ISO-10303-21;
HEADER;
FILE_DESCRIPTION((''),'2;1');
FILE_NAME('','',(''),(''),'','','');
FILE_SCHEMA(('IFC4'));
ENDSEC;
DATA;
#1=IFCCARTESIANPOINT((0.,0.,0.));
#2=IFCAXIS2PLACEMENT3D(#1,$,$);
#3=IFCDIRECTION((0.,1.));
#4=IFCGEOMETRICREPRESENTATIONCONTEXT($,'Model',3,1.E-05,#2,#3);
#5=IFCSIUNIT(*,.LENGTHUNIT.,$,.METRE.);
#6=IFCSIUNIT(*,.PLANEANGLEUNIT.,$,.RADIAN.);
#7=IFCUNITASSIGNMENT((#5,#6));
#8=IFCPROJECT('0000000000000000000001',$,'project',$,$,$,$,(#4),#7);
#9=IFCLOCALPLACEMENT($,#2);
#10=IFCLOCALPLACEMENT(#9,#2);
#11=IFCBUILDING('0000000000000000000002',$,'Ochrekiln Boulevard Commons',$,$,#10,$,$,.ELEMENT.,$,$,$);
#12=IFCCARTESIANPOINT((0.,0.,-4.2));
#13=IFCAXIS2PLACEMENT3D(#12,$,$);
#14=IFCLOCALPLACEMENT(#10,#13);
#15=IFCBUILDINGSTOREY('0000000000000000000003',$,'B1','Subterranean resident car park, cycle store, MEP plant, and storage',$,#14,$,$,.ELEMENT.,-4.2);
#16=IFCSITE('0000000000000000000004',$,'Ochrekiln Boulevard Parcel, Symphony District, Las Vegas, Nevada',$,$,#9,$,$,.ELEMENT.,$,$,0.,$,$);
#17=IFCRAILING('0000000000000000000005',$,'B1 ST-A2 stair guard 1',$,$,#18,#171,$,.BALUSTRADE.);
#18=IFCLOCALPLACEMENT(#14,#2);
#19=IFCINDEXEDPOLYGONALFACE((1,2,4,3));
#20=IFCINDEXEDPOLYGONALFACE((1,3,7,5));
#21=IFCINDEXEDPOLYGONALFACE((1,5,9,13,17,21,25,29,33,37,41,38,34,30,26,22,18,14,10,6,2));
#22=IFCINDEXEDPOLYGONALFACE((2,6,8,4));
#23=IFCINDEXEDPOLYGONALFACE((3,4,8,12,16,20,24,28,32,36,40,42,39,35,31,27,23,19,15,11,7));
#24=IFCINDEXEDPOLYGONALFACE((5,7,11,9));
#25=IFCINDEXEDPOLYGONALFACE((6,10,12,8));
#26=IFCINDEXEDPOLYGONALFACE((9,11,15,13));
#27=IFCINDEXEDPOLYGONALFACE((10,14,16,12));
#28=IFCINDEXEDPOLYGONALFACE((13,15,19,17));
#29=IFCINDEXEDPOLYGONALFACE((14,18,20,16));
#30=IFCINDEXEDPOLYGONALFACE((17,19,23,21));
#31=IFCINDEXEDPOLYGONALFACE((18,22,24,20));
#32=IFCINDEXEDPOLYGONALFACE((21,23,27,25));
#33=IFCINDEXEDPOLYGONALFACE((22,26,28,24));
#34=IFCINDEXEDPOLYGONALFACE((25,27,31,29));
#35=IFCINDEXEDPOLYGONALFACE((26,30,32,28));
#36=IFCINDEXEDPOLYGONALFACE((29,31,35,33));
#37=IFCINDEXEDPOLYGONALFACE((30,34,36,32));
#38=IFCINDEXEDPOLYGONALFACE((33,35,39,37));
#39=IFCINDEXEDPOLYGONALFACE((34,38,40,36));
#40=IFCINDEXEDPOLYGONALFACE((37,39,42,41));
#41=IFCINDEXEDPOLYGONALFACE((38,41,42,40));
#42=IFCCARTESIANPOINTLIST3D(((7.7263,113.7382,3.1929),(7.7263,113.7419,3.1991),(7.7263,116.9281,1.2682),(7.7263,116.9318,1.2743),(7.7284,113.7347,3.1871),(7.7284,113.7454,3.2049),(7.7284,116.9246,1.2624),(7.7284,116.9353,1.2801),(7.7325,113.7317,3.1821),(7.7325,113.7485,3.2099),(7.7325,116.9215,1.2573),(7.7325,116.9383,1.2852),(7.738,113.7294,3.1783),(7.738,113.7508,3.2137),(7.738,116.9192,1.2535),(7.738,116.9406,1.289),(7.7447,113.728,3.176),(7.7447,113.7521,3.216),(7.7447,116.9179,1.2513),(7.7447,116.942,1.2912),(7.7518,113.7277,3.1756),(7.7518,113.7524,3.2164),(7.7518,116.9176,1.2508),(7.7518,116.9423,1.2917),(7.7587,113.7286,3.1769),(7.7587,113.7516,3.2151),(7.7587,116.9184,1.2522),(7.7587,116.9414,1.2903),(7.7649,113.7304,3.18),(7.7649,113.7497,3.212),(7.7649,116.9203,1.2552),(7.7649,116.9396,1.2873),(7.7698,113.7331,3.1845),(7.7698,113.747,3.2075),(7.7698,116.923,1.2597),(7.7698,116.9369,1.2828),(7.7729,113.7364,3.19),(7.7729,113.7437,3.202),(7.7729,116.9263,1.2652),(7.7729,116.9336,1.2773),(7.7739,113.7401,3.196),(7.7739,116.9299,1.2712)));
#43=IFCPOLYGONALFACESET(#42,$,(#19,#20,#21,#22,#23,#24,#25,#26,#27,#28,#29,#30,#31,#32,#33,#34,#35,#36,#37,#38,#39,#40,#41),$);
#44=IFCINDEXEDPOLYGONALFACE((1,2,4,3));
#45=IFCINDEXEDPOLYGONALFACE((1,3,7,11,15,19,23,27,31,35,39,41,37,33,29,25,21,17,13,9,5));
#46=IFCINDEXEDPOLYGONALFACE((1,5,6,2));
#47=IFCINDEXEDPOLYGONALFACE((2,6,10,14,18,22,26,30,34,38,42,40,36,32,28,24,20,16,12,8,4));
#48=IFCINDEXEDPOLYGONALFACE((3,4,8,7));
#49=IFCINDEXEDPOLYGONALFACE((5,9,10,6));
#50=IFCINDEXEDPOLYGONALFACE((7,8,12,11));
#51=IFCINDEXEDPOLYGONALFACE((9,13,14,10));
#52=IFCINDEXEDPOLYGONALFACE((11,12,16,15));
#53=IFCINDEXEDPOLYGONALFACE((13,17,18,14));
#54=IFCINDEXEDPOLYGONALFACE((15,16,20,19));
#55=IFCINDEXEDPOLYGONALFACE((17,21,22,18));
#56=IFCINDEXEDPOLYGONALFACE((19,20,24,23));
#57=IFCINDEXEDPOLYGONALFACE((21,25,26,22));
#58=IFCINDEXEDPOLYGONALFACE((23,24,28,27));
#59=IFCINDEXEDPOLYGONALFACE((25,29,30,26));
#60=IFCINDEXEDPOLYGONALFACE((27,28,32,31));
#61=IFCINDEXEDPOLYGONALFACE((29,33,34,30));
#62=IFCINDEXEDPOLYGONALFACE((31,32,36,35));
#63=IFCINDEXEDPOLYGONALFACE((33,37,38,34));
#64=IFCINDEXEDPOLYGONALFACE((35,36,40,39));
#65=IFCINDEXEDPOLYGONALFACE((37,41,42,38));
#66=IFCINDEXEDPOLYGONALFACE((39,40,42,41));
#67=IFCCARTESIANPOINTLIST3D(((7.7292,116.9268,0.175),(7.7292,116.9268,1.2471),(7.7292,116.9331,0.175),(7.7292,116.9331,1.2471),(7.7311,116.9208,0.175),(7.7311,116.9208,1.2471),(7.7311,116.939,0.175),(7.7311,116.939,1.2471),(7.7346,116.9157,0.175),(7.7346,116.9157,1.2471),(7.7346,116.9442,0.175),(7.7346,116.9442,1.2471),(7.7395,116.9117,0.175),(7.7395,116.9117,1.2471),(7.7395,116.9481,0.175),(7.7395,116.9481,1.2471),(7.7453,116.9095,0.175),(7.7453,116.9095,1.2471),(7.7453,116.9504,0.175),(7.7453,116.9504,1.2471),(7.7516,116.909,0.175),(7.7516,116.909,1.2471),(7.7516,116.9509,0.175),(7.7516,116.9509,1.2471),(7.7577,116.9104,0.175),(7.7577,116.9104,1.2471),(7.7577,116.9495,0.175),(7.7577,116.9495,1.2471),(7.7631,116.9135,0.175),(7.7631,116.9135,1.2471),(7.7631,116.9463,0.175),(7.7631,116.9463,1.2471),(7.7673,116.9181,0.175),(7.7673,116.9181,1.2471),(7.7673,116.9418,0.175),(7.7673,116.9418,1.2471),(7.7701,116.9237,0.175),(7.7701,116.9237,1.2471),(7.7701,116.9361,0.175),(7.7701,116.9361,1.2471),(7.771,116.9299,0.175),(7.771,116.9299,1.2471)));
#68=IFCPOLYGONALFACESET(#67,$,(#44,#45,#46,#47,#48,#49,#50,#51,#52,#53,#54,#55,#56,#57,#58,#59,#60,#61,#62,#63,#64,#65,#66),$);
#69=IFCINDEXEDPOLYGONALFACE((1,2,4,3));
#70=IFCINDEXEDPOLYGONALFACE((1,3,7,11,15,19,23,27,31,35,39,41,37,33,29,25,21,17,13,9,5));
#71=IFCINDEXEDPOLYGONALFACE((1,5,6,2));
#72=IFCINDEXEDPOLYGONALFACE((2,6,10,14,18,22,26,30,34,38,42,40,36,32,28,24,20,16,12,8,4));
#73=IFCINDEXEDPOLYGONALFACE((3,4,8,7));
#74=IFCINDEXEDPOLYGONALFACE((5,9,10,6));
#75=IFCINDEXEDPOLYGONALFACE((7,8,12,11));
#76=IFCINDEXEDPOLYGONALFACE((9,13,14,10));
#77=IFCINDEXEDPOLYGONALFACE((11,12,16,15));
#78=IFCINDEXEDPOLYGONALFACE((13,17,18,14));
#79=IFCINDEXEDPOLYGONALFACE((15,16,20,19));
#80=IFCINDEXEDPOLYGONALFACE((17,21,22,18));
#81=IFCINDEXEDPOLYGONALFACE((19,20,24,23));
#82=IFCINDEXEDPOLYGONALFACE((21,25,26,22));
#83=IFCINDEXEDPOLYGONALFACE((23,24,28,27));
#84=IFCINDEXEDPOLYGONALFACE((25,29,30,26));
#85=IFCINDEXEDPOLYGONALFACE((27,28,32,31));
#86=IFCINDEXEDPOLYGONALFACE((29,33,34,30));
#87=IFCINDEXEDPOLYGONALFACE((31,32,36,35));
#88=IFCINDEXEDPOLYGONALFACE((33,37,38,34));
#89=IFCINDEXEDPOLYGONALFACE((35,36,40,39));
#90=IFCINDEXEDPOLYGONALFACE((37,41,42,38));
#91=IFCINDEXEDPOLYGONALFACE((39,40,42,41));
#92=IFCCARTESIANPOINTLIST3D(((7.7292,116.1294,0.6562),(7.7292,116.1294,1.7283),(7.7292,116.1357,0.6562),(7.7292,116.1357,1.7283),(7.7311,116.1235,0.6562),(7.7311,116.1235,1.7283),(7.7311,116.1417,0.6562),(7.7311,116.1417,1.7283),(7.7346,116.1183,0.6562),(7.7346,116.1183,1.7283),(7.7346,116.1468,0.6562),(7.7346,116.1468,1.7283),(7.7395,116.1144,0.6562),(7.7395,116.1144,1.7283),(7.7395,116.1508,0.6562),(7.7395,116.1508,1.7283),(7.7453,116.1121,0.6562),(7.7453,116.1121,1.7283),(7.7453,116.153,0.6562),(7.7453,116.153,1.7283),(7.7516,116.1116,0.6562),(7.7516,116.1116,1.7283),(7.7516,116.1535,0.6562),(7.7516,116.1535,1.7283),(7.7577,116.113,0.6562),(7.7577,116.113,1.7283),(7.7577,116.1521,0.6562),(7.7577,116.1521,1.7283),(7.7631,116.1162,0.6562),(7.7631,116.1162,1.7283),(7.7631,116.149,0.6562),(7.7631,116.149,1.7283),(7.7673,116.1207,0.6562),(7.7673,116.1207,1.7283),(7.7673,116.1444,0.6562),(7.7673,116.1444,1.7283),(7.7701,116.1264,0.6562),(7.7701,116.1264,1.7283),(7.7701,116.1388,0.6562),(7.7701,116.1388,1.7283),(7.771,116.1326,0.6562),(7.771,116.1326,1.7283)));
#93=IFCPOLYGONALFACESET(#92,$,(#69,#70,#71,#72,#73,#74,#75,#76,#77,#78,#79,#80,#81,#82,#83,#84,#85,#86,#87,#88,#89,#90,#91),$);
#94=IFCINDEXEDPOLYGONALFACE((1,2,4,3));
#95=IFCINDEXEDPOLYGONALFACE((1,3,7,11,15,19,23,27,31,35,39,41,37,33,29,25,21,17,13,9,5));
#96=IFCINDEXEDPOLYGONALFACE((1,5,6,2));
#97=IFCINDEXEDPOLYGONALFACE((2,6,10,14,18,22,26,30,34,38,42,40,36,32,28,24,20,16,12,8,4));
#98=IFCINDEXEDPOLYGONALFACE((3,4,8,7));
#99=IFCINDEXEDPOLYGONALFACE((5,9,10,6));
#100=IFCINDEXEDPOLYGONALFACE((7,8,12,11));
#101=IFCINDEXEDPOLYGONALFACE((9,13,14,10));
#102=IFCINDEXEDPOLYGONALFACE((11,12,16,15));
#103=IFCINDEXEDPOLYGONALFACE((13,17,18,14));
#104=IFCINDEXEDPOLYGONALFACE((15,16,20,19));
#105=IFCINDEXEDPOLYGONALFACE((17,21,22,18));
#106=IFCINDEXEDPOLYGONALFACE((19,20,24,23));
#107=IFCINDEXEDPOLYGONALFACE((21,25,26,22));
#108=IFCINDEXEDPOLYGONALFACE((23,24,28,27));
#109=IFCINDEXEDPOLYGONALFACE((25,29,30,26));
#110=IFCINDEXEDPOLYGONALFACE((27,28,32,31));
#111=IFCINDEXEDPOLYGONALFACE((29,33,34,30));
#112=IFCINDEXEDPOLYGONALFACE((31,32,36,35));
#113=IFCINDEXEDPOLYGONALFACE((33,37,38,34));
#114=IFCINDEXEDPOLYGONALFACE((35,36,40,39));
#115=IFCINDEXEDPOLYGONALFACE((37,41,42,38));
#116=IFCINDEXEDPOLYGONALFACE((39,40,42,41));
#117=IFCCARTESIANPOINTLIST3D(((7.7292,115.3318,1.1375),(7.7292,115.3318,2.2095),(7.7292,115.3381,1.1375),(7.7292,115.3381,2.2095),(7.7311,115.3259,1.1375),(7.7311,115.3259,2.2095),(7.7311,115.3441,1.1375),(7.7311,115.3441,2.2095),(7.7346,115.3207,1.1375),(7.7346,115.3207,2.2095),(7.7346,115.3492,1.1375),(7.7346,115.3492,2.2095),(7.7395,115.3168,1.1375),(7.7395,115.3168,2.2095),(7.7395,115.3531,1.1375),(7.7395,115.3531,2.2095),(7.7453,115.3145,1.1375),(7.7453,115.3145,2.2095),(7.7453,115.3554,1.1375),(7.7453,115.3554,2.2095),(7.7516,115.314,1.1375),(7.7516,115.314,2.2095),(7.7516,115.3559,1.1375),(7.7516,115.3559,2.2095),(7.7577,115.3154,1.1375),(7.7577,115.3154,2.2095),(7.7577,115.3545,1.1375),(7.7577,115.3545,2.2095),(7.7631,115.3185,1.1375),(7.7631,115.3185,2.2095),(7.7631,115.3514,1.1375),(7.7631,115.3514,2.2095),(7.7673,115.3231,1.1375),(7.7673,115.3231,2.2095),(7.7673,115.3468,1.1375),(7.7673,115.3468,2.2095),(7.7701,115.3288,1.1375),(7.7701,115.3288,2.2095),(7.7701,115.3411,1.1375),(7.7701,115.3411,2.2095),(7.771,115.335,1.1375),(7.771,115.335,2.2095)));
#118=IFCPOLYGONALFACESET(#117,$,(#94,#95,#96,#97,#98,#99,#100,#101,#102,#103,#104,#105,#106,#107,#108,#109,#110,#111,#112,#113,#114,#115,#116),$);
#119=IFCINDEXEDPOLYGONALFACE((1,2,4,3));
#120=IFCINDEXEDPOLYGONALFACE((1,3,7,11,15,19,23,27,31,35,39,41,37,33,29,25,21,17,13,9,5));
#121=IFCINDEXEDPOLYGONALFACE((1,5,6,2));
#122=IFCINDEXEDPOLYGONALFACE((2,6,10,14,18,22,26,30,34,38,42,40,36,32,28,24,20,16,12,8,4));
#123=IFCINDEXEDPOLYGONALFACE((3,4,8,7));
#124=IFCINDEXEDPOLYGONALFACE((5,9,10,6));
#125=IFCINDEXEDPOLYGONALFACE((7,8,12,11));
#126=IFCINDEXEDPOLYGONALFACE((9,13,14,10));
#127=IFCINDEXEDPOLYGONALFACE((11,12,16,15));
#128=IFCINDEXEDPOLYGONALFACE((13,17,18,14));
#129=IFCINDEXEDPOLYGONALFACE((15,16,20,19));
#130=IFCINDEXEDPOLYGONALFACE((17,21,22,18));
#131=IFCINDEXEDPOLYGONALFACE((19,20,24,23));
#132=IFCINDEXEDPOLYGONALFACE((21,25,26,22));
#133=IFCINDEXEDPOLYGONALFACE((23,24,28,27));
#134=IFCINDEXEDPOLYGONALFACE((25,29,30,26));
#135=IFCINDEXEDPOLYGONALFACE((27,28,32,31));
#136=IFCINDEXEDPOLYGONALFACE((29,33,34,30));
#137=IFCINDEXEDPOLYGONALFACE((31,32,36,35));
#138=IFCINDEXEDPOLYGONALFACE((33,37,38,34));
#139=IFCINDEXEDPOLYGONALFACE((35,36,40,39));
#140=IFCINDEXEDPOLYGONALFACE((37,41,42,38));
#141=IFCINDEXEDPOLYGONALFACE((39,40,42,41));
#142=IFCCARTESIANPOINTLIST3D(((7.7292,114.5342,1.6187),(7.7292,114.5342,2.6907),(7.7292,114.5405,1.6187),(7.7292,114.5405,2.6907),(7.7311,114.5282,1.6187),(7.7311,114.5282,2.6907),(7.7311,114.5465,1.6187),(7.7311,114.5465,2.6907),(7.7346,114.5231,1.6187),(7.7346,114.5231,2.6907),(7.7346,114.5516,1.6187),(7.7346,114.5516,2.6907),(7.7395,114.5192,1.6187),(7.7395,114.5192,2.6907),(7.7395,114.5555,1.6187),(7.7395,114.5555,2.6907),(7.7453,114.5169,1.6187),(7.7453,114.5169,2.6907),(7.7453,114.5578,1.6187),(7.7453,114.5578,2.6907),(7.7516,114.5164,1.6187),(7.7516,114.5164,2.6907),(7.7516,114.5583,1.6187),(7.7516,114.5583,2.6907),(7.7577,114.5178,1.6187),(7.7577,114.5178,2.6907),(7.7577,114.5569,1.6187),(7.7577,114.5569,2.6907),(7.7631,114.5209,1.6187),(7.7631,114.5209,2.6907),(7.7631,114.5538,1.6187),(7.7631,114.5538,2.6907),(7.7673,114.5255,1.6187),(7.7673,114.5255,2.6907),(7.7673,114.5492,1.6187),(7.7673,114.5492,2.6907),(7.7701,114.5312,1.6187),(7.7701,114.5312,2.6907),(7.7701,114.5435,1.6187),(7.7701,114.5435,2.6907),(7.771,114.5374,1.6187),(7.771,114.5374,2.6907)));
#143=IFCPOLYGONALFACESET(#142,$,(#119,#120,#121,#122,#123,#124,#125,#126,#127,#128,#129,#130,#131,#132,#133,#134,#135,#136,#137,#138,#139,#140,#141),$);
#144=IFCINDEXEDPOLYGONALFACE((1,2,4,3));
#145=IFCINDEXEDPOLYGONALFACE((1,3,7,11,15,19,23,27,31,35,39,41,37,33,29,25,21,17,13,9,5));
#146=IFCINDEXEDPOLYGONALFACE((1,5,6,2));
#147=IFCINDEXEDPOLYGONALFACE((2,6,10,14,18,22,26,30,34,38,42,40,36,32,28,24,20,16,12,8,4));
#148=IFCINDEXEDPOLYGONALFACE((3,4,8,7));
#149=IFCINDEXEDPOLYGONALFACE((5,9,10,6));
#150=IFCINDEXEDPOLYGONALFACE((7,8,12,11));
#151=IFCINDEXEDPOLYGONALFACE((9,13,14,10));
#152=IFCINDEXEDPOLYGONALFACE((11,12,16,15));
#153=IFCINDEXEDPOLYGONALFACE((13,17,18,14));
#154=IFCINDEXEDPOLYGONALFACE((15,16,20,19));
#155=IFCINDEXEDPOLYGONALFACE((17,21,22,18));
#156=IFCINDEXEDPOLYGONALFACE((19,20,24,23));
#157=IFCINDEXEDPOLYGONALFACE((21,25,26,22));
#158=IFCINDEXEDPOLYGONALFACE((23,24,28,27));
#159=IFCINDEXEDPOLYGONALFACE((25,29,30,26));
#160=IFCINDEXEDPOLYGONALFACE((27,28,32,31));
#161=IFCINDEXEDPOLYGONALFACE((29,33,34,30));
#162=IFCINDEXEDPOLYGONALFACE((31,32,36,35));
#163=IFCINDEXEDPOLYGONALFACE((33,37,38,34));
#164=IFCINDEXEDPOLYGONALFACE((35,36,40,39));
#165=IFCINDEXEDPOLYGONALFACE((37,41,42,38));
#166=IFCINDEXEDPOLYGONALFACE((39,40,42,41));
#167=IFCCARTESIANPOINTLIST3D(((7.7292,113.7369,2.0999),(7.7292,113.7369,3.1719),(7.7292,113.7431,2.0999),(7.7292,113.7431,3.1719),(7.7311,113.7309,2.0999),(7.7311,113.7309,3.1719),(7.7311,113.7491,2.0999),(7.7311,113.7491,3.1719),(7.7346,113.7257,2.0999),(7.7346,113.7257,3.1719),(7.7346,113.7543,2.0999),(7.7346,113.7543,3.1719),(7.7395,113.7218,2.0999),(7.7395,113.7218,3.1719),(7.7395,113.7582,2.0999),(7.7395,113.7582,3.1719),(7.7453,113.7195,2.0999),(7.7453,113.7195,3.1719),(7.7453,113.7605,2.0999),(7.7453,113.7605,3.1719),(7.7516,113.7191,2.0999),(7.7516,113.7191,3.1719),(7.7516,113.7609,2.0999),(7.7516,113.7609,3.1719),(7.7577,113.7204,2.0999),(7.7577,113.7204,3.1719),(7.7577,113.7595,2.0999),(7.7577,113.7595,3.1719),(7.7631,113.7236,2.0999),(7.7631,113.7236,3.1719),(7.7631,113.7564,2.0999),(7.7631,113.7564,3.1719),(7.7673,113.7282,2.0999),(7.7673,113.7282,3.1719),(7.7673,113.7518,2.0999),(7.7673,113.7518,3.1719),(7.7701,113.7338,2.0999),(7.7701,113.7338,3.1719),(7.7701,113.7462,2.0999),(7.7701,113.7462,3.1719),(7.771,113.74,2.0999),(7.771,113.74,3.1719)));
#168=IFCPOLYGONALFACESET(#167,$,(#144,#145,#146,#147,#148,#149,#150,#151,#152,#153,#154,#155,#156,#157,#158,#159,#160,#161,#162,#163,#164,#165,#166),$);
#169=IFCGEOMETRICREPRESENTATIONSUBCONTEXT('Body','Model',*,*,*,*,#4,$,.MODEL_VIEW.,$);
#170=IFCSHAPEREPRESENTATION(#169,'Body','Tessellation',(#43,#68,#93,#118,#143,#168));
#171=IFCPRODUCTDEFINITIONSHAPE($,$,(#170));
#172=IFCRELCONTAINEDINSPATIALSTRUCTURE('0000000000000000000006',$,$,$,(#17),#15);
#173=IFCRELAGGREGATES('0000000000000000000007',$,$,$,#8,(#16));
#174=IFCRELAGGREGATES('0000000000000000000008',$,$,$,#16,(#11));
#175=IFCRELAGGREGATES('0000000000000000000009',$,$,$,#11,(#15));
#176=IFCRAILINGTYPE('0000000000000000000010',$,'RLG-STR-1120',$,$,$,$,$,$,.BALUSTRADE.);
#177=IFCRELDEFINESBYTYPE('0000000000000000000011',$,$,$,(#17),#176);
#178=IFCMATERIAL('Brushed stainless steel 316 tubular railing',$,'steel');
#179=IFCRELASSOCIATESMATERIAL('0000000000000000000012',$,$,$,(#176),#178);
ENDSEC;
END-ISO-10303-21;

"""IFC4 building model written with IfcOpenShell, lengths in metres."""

from ifc_helpers import new_model, si_unit, direction, frame, origin, origin_2d, place, context, subcontext, project, spatial, circle, extrude, material, type_object, element, save


model = new_model("IFC4")

# Units and contexts
model_context = context("Model", 3, precision=1e-05, world=origin(), true_north=direction((0.0, 1.0)))
body_context = subcontext(model_context, "Body", "Model", "MODEL_VIEW")
ifc_project = project(units=[si_unit("LENGTHUNIT", "METRE"), si_unit("PLANEANGLEUNIT", "RADIAN")], contexts=[model_context])

# Site, building, storey
site_placement = place(None, origin())
site = spatial("IfcSite", under=ifc_project, at=site_placement, Name="Ochrekiln Boulevard Parcel, Symphony District, Las Vegas, Nevada", CompositionType="ELEMENT", RefElevation=0.0)
building_placement = place(site_placement, origin())
building = spatial("IfcBuilding", under=site, at=building_placement, Name="Ochrekiln Boulevard Commons", CompositionType="ELEMENT")
storey_placement = place(building_placement, frame((0.0, 0.0, -4.2)))
storey = spatial("IfcBuildingStorey", under=building, at=storey_placement, Name="B1", Description="Subterranean resident car park, cycle store, MEP plant, and storage", CompositionType="ELEMENT", Elevation=-4.2)

# Railing
ifc_material_1 = material(Name="Brushed stainless steel 316 tubular railing", Category="steel")
railing_type_1 = type_object("IfcRailingType", Name="RLG-STR-1120", PredefinedType="BALUSTRADE", material=ifc_material_1)
railing_1_placement = place(storey_placement, frame((7.75, 116.9299, 0.175)))
element("IfcRailing", 1, at=railing_1_placement, inside=storey, type_object=railing_type_1, Name="B1 ST-A2 stair guard 1", PredefinedType="BALUSTRADE", context=body_context, shape_type="SweptSolid", body=[
    extrude(circle(Radius=0.0239, at=origin_2d()), frame((0.0, 0.0, 1.0962), z_axis=(0.0, -0.856207, 0.516633), x_axis=(1.0, 0.0, 0.0)), (0.0, 0.0, 1.0), 3.7256),
    extrude(circle(Radius=0.021, at=origin_2d()), origin(), (0.0, 0.0, 1.0), 1.072),
    extrude(circle(Radius=0.021, at=origin_2d()), frame((0.0, -0.7974, 0.4812)), (0.0, 0.0, 1.0), 1.072),
    extrude(circle(Radius=0.021, at=origin_2d()), frame((0.0, -1.595, 0.9624)), (0.0, 0.0, 1.0), 1.072),
    extrude(circle(Radius=0.021, at=origin_2d()), frame((0.0, -2.3926, 1.4436)), (0.0, 0.0, 1.0), 1.072),
    extrude(circle(Radius=0.021, at=origin_2d()), frame((0.0, -3.1899, 1.9248)), (0.0, 0.0, 1.0), 1.072),
])

save(model, "model.ifc")
